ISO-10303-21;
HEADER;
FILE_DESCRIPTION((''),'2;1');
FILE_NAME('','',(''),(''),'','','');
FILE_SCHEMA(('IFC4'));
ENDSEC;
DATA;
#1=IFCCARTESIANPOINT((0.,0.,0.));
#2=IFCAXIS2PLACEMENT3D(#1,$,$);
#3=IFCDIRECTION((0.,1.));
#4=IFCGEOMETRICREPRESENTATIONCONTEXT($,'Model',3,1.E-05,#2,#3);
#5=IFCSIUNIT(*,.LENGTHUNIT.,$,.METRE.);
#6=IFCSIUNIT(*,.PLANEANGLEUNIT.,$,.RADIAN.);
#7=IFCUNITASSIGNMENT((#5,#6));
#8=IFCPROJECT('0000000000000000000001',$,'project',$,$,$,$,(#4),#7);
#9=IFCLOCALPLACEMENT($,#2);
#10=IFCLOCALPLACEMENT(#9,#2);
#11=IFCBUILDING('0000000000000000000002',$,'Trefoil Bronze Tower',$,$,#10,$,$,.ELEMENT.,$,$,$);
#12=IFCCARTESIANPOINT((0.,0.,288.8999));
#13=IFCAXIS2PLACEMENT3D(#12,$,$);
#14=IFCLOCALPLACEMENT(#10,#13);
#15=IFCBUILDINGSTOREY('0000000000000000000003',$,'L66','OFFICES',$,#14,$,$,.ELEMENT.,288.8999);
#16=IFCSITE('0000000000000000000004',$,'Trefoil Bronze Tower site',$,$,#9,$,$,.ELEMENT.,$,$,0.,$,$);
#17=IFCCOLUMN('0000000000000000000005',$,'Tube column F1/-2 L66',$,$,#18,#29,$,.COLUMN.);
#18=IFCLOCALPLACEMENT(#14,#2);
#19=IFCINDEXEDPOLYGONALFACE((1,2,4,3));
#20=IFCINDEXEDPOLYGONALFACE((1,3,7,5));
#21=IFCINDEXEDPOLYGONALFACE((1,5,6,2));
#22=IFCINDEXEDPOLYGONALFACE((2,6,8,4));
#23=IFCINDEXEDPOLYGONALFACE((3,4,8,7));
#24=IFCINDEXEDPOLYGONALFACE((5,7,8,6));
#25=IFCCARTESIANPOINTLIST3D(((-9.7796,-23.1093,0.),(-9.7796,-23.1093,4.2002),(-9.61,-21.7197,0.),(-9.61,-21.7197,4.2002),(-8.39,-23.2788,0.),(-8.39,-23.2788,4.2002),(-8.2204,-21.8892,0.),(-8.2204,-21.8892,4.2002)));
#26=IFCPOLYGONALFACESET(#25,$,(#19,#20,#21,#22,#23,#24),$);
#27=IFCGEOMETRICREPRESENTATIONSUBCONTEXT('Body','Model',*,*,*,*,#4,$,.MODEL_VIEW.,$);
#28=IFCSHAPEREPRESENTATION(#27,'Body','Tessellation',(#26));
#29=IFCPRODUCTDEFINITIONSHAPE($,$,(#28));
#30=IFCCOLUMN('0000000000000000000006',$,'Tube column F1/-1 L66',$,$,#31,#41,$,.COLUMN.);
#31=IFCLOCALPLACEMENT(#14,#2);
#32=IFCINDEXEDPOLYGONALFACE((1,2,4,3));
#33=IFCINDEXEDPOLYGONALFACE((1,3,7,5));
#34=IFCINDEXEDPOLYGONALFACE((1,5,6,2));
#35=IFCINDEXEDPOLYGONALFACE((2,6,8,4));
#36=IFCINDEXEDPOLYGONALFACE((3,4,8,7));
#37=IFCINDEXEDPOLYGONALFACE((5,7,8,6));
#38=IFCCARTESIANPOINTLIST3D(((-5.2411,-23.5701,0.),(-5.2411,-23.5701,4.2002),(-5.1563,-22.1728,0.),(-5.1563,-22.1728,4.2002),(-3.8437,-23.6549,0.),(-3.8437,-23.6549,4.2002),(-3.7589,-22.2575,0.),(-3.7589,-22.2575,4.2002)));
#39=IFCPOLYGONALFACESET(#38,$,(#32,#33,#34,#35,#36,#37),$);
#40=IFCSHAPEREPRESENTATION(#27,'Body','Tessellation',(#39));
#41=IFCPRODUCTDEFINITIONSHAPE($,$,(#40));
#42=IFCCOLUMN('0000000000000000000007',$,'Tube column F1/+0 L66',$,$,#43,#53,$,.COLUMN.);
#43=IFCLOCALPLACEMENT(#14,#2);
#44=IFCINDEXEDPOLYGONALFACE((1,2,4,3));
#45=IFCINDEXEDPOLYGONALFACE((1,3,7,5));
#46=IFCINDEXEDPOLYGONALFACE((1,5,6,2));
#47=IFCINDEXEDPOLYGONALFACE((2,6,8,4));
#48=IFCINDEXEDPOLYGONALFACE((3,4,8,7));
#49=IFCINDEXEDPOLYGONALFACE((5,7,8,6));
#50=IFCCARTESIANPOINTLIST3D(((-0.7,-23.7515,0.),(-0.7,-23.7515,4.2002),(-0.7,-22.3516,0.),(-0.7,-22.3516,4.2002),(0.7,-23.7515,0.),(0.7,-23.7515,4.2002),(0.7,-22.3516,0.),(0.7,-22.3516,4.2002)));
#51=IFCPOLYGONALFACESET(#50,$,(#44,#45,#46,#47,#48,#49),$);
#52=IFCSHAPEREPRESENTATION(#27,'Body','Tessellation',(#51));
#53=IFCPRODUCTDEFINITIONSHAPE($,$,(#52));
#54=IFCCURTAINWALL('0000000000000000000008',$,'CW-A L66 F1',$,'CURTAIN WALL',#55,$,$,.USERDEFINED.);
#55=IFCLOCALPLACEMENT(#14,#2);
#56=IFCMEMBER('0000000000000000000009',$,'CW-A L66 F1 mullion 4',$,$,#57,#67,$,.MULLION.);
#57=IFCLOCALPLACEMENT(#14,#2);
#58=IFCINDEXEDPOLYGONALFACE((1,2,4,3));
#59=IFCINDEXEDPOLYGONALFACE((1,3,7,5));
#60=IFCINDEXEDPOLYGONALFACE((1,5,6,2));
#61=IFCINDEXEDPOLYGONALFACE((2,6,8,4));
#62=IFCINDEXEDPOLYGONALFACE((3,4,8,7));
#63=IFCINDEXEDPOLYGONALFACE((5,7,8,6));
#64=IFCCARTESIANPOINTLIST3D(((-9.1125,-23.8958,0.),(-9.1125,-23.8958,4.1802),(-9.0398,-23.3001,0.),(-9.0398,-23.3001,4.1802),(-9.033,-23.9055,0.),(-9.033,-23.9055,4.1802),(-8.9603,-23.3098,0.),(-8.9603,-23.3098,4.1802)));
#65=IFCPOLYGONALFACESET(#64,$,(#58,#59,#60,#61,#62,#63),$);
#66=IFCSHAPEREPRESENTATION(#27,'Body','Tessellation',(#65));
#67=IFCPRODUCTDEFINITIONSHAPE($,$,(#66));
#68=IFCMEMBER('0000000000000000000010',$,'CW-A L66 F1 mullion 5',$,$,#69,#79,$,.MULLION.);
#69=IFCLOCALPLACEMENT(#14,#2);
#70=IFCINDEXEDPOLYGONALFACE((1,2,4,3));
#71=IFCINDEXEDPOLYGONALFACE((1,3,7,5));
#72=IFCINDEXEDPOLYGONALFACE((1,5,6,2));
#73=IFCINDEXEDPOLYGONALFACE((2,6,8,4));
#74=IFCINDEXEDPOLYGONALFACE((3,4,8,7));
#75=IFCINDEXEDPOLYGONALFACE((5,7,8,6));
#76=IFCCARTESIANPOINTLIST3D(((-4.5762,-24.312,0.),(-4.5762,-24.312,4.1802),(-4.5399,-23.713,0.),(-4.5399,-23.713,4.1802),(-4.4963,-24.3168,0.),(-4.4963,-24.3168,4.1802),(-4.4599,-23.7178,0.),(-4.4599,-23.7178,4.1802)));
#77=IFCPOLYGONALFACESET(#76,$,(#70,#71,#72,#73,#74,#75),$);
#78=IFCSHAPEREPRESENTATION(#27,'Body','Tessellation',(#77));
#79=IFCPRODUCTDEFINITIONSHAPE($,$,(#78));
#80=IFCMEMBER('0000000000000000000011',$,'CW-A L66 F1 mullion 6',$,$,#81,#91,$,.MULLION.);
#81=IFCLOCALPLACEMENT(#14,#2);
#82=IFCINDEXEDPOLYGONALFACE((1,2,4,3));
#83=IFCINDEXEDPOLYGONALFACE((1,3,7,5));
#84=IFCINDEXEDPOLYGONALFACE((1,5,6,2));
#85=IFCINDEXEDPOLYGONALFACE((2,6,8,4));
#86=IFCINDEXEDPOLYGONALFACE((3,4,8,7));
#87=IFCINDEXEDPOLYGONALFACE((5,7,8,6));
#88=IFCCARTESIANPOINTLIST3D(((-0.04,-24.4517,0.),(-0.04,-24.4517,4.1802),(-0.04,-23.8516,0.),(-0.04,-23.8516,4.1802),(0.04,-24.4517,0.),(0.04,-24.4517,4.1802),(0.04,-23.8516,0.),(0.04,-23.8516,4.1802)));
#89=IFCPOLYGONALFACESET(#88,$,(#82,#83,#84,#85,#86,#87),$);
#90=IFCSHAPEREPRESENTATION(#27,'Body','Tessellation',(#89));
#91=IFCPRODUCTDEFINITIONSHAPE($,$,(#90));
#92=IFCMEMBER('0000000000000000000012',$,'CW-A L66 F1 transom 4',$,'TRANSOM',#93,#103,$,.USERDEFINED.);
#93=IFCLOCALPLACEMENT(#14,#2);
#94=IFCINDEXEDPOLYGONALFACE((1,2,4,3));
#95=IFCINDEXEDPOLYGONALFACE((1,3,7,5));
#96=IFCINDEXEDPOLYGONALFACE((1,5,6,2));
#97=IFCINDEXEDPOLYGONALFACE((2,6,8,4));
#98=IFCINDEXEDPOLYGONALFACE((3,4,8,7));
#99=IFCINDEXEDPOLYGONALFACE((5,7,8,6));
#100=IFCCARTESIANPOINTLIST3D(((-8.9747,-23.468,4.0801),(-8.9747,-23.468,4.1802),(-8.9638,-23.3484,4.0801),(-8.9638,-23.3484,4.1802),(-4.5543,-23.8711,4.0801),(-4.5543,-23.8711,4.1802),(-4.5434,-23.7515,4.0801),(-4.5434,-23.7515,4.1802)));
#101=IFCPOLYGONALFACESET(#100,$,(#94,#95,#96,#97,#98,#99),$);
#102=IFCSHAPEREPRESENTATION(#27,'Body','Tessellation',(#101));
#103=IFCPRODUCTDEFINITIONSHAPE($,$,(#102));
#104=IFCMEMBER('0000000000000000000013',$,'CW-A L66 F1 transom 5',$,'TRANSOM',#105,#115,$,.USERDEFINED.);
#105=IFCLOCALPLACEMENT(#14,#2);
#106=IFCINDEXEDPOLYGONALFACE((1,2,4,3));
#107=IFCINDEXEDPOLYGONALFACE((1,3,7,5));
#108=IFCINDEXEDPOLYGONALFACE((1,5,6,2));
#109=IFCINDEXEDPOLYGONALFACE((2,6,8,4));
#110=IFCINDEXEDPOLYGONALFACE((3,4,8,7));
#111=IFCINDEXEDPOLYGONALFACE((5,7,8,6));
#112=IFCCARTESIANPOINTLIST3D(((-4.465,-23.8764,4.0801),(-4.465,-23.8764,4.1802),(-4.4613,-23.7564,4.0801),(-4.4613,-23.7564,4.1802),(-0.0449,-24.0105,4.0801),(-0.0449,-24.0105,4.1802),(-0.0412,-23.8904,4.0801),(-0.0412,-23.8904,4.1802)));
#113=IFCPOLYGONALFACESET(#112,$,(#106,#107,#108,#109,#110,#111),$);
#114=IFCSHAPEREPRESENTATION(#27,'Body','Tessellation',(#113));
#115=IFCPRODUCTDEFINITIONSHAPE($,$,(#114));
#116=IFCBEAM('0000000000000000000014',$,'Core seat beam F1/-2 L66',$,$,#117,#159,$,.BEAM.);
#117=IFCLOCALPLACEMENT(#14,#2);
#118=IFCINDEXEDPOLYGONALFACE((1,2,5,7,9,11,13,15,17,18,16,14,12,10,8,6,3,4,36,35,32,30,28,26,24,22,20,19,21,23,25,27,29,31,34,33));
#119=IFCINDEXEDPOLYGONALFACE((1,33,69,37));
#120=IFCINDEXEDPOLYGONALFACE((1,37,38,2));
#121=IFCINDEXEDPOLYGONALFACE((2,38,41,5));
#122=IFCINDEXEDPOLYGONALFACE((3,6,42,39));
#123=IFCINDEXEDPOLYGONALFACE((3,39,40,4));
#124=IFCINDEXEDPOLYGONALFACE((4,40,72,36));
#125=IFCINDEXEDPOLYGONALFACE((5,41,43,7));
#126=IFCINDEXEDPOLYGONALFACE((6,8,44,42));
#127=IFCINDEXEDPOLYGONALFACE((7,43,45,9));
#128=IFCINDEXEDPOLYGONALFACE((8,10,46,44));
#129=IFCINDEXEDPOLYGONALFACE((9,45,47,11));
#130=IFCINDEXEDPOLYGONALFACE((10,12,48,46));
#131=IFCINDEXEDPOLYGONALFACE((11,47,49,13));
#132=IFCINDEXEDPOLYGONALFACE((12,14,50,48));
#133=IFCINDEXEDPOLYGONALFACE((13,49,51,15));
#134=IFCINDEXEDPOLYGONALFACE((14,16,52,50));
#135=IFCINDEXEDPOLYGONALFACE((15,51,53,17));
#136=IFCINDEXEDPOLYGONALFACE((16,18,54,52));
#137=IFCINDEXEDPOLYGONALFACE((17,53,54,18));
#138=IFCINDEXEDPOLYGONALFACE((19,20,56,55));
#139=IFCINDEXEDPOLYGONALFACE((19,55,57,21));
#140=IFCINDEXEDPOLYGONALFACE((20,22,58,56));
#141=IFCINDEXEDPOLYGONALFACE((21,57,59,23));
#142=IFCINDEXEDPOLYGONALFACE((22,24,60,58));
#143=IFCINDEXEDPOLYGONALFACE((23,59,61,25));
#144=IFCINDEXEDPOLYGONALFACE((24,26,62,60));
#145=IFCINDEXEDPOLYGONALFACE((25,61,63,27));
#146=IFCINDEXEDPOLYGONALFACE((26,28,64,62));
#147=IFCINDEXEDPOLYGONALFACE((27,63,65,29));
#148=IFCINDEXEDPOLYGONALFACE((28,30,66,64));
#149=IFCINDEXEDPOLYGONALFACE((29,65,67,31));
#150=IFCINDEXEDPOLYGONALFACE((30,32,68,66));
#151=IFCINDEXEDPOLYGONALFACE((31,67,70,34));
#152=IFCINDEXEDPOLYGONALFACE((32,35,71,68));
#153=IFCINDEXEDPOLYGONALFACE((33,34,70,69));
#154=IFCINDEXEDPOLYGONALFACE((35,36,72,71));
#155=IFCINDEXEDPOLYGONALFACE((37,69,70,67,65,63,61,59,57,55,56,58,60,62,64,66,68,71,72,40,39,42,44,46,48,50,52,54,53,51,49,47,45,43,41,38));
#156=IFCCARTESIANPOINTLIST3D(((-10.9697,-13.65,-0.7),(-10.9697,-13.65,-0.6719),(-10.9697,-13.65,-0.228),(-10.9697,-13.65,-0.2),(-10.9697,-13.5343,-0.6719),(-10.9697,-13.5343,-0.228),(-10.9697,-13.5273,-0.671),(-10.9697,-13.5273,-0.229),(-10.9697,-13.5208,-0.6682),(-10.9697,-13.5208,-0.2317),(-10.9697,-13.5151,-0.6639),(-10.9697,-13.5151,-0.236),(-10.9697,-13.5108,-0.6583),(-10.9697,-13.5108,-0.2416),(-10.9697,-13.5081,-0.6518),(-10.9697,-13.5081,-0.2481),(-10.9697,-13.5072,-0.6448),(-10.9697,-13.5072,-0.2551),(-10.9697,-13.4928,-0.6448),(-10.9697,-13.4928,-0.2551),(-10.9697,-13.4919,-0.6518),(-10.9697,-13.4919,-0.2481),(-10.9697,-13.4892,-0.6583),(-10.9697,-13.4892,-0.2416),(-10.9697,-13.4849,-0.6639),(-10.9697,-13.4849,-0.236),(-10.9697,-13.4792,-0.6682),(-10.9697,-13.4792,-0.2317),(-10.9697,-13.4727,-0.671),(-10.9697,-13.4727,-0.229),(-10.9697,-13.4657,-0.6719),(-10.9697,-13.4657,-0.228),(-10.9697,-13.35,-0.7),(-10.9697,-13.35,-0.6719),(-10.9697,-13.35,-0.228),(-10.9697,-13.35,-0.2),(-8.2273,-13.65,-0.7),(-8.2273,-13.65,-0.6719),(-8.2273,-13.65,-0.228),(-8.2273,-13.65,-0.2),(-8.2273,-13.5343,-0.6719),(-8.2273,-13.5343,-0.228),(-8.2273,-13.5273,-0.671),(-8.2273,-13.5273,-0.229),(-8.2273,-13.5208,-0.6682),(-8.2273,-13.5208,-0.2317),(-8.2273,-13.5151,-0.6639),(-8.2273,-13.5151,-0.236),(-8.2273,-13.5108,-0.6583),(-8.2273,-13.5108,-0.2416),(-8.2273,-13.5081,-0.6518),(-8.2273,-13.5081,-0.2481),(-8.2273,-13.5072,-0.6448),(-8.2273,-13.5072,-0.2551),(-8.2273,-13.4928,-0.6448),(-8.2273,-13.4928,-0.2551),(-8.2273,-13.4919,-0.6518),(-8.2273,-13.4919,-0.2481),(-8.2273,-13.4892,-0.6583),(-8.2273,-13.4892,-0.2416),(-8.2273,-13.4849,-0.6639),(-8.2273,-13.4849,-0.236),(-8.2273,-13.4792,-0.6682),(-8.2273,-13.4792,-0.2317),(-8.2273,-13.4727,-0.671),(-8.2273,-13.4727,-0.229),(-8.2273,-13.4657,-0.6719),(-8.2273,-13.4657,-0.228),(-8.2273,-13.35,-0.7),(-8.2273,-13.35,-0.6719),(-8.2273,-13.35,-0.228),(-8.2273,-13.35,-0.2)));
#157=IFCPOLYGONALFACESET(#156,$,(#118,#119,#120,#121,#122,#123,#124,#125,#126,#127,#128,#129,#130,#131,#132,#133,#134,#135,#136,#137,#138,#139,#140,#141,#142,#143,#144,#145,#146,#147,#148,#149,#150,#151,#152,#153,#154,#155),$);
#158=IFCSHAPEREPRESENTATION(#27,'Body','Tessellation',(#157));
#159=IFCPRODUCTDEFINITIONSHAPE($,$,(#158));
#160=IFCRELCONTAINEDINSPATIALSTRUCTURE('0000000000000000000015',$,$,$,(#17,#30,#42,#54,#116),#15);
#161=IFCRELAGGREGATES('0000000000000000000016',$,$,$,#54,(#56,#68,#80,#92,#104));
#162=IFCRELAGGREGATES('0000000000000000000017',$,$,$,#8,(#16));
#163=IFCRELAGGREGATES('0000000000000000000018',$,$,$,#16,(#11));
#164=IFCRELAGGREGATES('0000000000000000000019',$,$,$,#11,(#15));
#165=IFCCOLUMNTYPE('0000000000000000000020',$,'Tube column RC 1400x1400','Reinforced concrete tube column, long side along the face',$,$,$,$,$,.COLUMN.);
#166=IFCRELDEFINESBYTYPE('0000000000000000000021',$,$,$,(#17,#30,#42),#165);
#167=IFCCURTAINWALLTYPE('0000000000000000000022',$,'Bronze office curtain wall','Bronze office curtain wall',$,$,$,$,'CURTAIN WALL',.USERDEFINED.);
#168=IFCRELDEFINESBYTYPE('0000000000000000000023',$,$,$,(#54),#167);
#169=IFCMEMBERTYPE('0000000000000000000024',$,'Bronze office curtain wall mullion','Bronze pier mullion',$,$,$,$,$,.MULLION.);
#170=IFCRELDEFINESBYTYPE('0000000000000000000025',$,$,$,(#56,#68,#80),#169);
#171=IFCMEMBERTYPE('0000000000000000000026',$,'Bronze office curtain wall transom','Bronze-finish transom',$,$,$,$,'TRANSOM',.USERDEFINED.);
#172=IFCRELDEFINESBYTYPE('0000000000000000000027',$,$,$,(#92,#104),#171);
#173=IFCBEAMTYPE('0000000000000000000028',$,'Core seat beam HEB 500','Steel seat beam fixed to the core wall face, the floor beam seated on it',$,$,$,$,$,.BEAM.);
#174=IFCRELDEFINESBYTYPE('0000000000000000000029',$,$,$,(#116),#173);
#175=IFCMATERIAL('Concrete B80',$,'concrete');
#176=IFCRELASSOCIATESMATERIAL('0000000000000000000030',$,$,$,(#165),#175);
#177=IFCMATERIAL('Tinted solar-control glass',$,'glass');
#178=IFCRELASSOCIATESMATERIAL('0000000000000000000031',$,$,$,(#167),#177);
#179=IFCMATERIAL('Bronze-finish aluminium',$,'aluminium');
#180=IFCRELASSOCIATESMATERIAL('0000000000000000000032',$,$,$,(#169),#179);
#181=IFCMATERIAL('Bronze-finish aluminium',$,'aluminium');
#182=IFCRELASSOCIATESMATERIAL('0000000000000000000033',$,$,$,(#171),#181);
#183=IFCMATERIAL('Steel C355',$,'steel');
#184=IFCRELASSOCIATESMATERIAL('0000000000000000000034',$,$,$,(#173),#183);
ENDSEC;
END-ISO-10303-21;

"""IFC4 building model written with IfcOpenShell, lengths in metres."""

from ifc_helpers import new_model, si_unit, direction, frame, origin, origin_2d, place, context, subcontext, project, spatial, rectangle, i_section, extrude, material, material_profile, profile_set, type_object, element, aggregate, save


model = new_model("IFC4")

# Units and contexts
model_context = context("Model", 3, precision=1e-05, world=origin(), true_north=direction((0.0, 1.0)))
body_context = subcontext(model_context, "Body", "Model", "MODEL_VIEW")
ifc_project = project(units=[si_unit("LENGTHUNIT", "METRE"), si_unit("PLANEANGLEUNIT", "RADIAN")], contexts=[model_context])

# Site, building, storey
site_placement = place(None, origin())
site = spatial("IfcSite", under=ifc_project, at=site_placement, Name="Trefoil Bronze Tower site", CompositionType="ELEMENT", RefElevation=0.0)
building_placement = place(site_placement, origin())
building = spatial("IfcBuilding", under=site, at=building_placement, Name="Trefoil Bronze Tower", CompositionType="ELEMENT")
storey_placement = place(building_placement, frame((0.0, 0.0, 288.8999)))
storey = spatial("IfcBuildingStorey", under=building, at=storey_placement, Name="L66", Description="OFFICES", CompositionType="ELEMENT", Elevation=288.8999)

# Columns
ifc_material_1 = material(Name="Concrete B80", Category="concrete")
ifc_material_profile_1 = material_profile(ifc_material_1, rectangle(XDim=1.3999, YDim=1.3999, at=origin_2d()), Name="RC 1400x1400")
ifc_profile_set_1 = profile_set([ifc_material_profile_1], Name="Concrete B80")
column_type = type_object("IfcColumnType", Name="Tube column RC 1400x1400", Description="Reinforced concrete tube column, long side along the face", PredefinedType="COLUMN", material=ifc_profile_set_1)
for number, where, z_axis, x_axis, name in (
    (1, (-9.0, -22.4993, 0.0), (0.0, 0.0, 1.0), (0.992639, -0.121109, 0.0), "Tube column F1/-2 L66"),
    (2, (-4.5, -22.9138, 0.0), (0.0, 0.0, 1.0), (0.998165, -0.060554, 0.0), "Tube column F1/-1 L66"),
    (3, (0.0, -23.0515, 0.0), (0.0, 0.0, 1.0), (1.0, 0.0, 0.0), "Tube column F1/+0 L66"),
):
    element("IfcColumn", number, at=place(storey_placement, frame(where, z_axis=z_axis, x_axis=x_axis)), inside=storey, type_object=column_type, Name=name, PredefinedType="COLUMN", context=body_context, shape_type="SweptSolid", body=[
        extrude(rectangle(XDim=1.3999, YDim=1.3999, at=origin_2d()), origin(), (0.0, 0.0, 1.0), 4.2002),
    ])

# Curtain wall, members
ifc_material_2 = material(Name="Tinted solar-control glass", Category="glass")
curtain_wall_type = type_object("IfcCurtainWallType", Name="Bronze office curtain wall", Description="Bronze office curtain wall", ElementType="CURTAIN WALL", PredefinedType="USERDEFINED", material=ifc_material_2)
curtain_wall_placement = place(storey_placement, origin())
curtain_wall = element("IfcCurtainWall", 4, at=curtain_wall_placement, inside=storey, type_object=curtain_wall_type, Name="CW-A L66 F1", ObjectType="CURTAIN WALL", PredefinedType="USERDEFINED")
ifc_material_3 = material(Name="Bronze-finish aluminium", Category="aluminium")
ifc_material_profile_2 = material_profile(ifc_material_3, rectangle(XDim=0.6001, YDim=0.0801, at=origin_2d()), Name="CW-A mullion")
ifc_profile_set_2 = profile_set([ifc_material_profile_2], Name="Bronze-finish aluminium")
member_type_1 = type_object("IfcMemberType", Name="Bronze office curtain wall mullion", Description="Bronze pier mullion", PredefinedType="MULLION", material=ifc_profile_set_2)
member_1_placement = place(storey_placement, frame((-9.0364, -23.6028, 0.0), z_axis=(0.0, 0.0, 1.0), x_axis=(0.121109, 0.992639, 0.0)))
member_1 = element("IfcMember", 5, at=member_1_placement, type_object=member_type_1, Name="CW-A L66 F1 mullion 4", PredefinedType="MULLION", context=body_context, shape_type="SweptSolid", body=[
    extrude(rectangle(XDim=0.6001, YDim=0.0801, at=origin_2d()), origin(), (0.0, 0.0, 1.0), 4.1802),
])
member_2_placement = place(storey_placement, frame((-4.5181, -24.0149, 0.0), z_axis=(0.0, 0.0, 1.0), x_axis=(0.060554, 0.998165, 0.0)))
member_2 = element("IfcMember", 6, at=member_2_placement, type_object=member_type_1, Name="CW-A L66 F1 mullion 5", PredefinedType="MULLION", context=body_context, shape_type="SweptSolid", body=[
    extrude(rectangle(XDim=0.6001, YDim=0.0801, at=origin_2d()), origin(), (0.0, 0.0, 1.0), 4.1802),
])
member_3_placement = place(storey_placement, frame((0.0, -24.1516, 0.0), z_axis=(0.0, 0.0, 1.0), x_axis=(0.0, 1.0, 0.0)))
member_3 = element("IfcMember", 7, at=member_3_placement, type_object=member_type_1, Name="CW-A L66 F1 mullion 6", PredefinedType="MULLION", context=body_context, shape_type="SweptSolid", body=[
    extrude(rectangle(XDim=0.6001, YDim=0.0801, at=origin_2d()), origin(), (0.0, 0.0, 1.0), 4.1802),
])
ifc_material_4 = material(Name="Bronze-finish aluminium", Category="aluminium")
ifc_material_profile_3 = material_profile(ifc_material_4, rectangle(XDim=0.1201, YDim=0.1001, at=origin_2d()), Name="CW-A transom")
ifc_profile_set_3 = profile_set([ifc_material_profile_3], Name="Bronze-finish aluminium")
member_type_2 = type_object("IfcMemberType", Name="Bronze office curtain wall transom", Description="Bronze-finish transom", ElementType="TRANSOM", PredefinedType="USERDEFINED", material=ifc_profile_set_3)
member_4_placement = place(storey_placement, frame((-8.9692, -23.4082, 4.1301), z_axis=(0.995868, -0.090808, 0.0), x_axis=(0.090808, 0.995868, 0.0)))
member_4 = element("IfcMember", 8, at=member_4_placement, type_object=member_type_2, Name="CW-A L66 F1 transom 4", ObjectType="TRANSOM", PredefinedType="USERDEFINED", context=body_context, shape_type="SweptSolid", body=[
    extrude(rectangle(XDim=0.1201, YDim=0.1001, at=origin_2d()), origin(), (0.0, 0.0, 1.0), 4.4387),
])
member_5_placement = place(storey_placement, frame((-4.4631, -23.8164, 4.1301), z_axis=(0.999541, -0.030309, 0.0), x_axis=(0.030309, 0.999541, 0.0)))
member_5 = element("IfcMember", 9, at=member_5_placement, type_object=member_type_2, Name="CW-A L66 F1 transom 5", ObjectType="TRANSOM", PredefinedType="USERDEFINED", context=body_context, shape_type="SweptSolid", body=[
    extrude(rectangle(XDim=0.1201, YDim=0.1001, at=origin_2d()), origin(), (0.0, 0.0, 1.0), 4.4221),
])

# Beam
ifc_material_5 = material(Name="Steel C355", Category="steel")
ifc_material_profile_4 = material_profile(ifc_material_5, i_section(OverallWidth=0.3, OverallDepth=0.5, WebThickness=0.0144, FlangeThickness=0.0281, FilletRadius=0.0271, at=origin_2d()), Name="HEB 500")
ifc_profile_set_4 = profile_set([ifc_material_profile_4], Name="Steel C355")
beam_type_1 = type_object("IfcBeamType", Name="Core seat beam HEB 500", Description="Steel seat beam fixed to the core wall face, the floor beam seated on it", PredefinedType="BEAM", material=ifc_profile_set_4)
for number, where, z_axis, x_axis, name in (
    (10, (-10.9697, -13.5, -0.45), (1.0, 0.0, 0.0), (0.0, 1.0, 0.0), "Core seat beam F1/-2 L66"),
):
    element("IfcBeam", number, at=place(storey_placement, frame(where, z_axis=z_axis, x_axis=x_axis)), inside=storey, type_object=beam_type_1, Name=name, PredefinedType="BEAM", context=body_context, shape_type="SweptSolid", body=[
        extrude(i_section(OverallWidth=0.3, OverallDepth=0.5, WebThickness=0.0144, FlangeThickness=0.0281, FilletRadius=0.0271, at=origin_2d()), origin(), (0.0, 0.0, 1.0), 2.7424),
    ])

aggregate(curtain_wall, [member_1, member_2, member_3, member_4, member_5])

save(model, "model.ifc")
